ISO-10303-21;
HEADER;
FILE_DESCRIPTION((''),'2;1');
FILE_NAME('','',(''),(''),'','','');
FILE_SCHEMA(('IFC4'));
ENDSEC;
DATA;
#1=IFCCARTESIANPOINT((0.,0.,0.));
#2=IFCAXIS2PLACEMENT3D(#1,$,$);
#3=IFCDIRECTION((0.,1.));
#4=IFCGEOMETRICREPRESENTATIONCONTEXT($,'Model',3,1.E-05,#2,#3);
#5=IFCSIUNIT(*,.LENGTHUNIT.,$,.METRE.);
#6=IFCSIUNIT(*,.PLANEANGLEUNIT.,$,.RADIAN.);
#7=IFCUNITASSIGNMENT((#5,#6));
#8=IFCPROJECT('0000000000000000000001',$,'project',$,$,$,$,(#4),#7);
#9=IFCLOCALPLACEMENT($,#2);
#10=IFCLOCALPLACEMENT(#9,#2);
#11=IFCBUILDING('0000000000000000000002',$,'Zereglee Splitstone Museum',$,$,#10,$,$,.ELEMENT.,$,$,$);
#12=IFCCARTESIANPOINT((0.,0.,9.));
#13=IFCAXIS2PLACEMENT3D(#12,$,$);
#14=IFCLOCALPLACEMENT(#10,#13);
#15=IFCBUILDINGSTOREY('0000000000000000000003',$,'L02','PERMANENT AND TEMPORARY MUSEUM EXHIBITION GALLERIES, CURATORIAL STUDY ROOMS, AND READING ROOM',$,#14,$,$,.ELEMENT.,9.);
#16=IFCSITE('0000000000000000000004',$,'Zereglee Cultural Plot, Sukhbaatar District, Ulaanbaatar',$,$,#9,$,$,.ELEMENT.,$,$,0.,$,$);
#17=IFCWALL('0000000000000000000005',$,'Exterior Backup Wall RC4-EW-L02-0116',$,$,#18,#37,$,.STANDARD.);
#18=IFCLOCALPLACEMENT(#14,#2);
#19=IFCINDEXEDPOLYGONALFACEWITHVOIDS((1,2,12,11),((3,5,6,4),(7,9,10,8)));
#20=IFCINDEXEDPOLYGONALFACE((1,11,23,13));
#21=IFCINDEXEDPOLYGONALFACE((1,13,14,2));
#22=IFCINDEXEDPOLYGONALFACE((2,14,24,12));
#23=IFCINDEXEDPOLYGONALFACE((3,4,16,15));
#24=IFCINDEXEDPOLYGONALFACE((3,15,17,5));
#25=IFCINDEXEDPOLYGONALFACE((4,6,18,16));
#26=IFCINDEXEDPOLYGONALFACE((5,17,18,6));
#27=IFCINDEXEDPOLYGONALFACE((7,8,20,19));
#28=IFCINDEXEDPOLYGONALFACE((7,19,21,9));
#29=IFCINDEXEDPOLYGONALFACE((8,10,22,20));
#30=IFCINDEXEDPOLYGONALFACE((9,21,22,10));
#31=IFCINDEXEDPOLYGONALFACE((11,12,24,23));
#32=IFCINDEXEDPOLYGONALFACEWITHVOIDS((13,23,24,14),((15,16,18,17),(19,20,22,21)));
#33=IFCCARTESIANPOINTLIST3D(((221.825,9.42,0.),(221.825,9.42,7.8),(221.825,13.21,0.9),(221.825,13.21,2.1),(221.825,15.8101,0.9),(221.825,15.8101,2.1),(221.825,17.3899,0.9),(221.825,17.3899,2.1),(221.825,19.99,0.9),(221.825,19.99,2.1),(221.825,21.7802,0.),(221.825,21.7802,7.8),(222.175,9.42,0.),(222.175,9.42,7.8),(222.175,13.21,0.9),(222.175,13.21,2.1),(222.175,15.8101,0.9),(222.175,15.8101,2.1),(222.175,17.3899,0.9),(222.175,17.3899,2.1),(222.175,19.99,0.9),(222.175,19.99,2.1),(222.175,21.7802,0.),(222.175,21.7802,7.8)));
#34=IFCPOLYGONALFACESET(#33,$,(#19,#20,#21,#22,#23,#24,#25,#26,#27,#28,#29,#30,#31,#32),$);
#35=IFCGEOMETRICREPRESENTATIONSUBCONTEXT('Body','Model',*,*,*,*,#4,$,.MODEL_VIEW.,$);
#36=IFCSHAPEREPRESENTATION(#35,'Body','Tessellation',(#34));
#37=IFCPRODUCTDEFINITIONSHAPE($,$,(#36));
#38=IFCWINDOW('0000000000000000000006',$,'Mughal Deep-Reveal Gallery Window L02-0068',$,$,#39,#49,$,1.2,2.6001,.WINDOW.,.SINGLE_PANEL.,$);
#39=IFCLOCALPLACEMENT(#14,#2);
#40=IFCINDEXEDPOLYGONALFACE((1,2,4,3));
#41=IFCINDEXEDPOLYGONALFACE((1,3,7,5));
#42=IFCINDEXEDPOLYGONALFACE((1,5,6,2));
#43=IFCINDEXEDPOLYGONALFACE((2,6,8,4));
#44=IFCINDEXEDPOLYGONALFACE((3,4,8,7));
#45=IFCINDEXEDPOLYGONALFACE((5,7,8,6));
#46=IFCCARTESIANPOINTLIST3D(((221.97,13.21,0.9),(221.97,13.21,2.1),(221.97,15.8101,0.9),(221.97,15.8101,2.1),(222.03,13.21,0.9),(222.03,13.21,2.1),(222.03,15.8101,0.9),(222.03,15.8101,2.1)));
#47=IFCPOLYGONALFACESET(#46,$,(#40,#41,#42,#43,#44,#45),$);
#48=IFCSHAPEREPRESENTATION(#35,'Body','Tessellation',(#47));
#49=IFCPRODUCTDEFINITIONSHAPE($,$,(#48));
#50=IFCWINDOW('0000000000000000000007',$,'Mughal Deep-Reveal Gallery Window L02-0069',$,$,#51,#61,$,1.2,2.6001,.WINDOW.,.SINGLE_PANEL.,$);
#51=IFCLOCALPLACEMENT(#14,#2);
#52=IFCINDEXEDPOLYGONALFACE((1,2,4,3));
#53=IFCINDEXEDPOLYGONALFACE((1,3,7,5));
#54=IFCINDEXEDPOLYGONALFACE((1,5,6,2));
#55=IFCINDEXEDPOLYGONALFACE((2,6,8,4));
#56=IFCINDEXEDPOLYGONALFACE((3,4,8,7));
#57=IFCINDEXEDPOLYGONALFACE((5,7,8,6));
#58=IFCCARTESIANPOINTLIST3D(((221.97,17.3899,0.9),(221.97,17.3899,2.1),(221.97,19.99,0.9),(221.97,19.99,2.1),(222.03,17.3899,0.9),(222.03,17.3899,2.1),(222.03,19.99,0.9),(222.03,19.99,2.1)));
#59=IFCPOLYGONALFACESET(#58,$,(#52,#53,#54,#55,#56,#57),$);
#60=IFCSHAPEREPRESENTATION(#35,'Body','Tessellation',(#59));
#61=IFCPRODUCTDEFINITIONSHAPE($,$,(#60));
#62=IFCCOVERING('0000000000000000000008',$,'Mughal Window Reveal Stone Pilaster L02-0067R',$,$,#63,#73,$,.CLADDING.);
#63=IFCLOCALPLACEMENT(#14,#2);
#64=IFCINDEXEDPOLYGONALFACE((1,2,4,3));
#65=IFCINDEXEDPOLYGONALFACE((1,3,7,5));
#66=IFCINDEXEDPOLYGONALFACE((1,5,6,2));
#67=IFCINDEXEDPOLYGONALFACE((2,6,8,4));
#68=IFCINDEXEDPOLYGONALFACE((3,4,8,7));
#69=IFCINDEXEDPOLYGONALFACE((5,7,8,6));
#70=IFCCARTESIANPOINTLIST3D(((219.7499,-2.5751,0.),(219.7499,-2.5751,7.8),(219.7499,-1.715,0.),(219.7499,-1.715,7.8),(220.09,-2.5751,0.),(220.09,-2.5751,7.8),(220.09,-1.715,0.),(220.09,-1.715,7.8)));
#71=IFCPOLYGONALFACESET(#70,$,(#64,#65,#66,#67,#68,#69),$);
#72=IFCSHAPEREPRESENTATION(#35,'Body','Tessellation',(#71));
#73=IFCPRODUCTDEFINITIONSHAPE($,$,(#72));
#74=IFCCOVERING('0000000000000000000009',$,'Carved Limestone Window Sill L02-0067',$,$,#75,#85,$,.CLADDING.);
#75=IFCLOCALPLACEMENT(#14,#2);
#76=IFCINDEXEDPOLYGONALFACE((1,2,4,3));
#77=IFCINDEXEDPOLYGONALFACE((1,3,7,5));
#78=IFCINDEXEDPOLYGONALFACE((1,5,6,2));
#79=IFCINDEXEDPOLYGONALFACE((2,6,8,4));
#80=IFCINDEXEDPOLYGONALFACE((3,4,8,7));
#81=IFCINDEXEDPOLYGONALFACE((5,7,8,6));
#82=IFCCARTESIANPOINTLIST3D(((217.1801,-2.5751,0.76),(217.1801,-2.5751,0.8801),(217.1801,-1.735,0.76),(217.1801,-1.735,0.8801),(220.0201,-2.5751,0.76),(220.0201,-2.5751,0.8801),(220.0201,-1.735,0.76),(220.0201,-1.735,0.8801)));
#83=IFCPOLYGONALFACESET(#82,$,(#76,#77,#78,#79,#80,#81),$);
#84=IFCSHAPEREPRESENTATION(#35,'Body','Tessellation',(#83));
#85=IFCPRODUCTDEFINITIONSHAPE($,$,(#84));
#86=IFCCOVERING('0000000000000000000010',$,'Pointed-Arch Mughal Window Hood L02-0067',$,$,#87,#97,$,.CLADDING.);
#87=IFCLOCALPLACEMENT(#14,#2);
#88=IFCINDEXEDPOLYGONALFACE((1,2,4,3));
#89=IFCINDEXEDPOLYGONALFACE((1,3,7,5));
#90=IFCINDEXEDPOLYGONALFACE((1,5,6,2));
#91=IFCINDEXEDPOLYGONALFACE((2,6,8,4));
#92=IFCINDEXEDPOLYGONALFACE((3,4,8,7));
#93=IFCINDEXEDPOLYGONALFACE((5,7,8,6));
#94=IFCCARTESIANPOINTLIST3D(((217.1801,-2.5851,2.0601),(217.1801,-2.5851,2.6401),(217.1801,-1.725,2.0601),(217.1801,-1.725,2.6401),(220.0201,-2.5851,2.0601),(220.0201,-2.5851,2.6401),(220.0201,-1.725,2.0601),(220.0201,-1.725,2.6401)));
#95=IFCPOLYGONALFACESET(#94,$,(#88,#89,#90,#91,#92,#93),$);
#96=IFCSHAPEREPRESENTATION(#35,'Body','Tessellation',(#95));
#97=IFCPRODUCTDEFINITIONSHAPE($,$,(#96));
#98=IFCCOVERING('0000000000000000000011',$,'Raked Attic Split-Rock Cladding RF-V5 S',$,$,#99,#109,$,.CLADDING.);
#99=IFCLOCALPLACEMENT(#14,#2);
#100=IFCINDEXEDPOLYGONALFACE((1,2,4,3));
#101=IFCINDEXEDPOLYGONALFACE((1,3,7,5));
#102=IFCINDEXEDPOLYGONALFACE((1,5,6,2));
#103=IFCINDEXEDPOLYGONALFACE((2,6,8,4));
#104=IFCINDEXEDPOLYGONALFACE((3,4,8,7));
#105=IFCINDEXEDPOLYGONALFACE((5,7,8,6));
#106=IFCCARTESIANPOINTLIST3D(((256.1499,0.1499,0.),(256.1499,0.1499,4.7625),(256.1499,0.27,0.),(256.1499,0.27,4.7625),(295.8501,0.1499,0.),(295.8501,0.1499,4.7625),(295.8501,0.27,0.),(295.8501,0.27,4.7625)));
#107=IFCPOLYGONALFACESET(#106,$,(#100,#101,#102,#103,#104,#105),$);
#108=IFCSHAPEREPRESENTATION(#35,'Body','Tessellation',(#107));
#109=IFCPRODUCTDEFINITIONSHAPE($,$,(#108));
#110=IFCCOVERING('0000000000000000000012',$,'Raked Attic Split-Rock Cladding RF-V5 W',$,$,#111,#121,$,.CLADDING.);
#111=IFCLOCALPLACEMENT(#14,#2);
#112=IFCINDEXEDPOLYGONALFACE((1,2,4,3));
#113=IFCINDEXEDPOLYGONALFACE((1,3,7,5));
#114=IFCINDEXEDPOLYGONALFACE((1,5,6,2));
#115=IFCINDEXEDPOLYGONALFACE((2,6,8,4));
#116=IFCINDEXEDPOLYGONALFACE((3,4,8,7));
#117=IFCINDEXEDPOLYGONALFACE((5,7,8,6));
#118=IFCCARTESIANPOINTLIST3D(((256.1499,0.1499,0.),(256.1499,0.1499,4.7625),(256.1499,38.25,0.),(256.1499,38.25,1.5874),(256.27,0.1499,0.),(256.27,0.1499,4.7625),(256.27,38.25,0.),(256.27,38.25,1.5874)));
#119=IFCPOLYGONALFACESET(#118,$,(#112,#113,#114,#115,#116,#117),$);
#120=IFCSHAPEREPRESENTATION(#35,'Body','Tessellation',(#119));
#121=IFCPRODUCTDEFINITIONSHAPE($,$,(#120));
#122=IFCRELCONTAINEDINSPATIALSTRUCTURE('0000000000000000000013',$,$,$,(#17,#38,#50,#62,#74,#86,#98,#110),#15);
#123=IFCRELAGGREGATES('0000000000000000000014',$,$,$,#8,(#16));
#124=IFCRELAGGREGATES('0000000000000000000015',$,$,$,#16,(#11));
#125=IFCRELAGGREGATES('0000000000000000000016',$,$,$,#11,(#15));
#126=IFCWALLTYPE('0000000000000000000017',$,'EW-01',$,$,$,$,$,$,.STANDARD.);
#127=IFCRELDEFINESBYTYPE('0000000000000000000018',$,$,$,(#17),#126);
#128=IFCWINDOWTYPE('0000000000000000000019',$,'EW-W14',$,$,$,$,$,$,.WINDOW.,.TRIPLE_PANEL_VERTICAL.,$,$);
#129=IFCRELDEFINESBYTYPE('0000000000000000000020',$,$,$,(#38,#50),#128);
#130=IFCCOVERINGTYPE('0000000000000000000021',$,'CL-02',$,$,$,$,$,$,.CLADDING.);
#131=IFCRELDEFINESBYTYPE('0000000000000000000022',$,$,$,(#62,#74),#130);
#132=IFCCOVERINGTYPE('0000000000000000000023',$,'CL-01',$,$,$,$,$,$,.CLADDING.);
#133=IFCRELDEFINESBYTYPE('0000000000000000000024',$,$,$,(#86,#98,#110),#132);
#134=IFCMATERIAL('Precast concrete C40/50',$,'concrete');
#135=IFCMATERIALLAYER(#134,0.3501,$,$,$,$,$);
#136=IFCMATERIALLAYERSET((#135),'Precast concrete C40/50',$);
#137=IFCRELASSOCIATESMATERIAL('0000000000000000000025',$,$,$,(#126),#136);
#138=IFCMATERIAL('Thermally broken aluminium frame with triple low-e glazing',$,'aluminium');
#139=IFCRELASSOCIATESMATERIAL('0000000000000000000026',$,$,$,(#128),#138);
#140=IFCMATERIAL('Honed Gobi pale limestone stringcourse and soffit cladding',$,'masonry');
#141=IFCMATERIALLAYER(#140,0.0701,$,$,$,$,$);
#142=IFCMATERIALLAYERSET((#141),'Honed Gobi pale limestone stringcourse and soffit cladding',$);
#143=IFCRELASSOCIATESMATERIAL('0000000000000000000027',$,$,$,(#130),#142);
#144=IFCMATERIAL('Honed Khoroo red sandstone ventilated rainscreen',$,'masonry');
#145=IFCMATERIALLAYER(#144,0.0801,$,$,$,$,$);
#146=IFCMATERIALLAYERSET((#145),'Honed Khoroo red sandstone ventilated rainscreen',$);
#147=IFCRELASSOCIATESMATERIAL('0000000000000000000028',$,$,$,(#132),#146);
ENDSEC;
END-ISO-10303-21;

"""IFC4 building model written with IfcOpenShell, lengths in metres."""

from ifc_helpers import new_model, si_unit, direction, frame, frame_2d, origin, origin_2d, place, context, subcontext, project, spatial, polyline, rectangle, outline, extrude, material, layer, layer_set, type_object, element, fill, save


model = new_model("IFC4")

# Units and contexts
model_context = context("Model", 3, precision=1e-05, world=origin(), true_north=direction((0.0, 1.0)))
body_context = subcontext(model_context, "Body", "Model", "MODEL_VIEW")
ifc_project = project(units=[si_unit("LENGTHUNIT", "METRE"), si_unit("PLANEANGLEUNIT", "RADIAN")], contexts=[model_context])

# Site, building, storey
site_placement = place(None, origin())
site = spatial("IfcSite", under=ifc_project, at=site_placement, Name="Zereglee Cultural Plot, Sukhbaatar District, Ulaanbaatar", CompositionType="ELEMENT", RefElevation=0.0)
building_placement = place(site_placement, origin())
building = spatial("IfcBuilding", under=site, at=building_placement, Name="Zereglee Splitstone Museum", CompositionType="ELEMENT")
storey_placement = place(building_placement, frame((0.0, 0.0, 9.0)))
storey = spatial("IfcBuildingStorey", under=building, at=storey_placement, Name="L02", Description="PERMANENT AND TEMPORARY MUSEUM EXHIBITION GALLERIES, CURATORIAL STUDY ROOMS, AND READING ROOM", CompositionType="ELEMENT", Elevation=9.0)

# Shared definitions
ifc_material_1 = material(Name="Precast concrete C40/50", Category="concrete")
ifc_layer_1 = layer(ifc_material_1, 0.3501)
ifc_layer_set_1 = layer_set([ifc_layer_1], Name="Precast concrete C40/50")
wall_type = type_object("IfcWallType", Name="EW-01", PredefinedType="STANDARD", material=ifc_layer_set_1)

# Wall, openings, windows
wall_1_placement = place(storey_placement, frame((222.0, 9.4199, 0.0), z_axis=(0.0, 0.0, 1.0), x_axis=(0.0, 1.0, 0.0)))
wall_1 = element("IfcWall", 1, at=wall_1_placement, inside=storey, type_object=wall_type, Name="Exterior Backup Wall RC4-EW-L02-0116", PredefinedType="STANDARD", context=body_context, shape_type="SweptSolid", body=[
    extrude(rectangle(XDim=12.3601, YDim=0.3501, at=frame_2d((6.1802, 0.0))), origin(), (0.0, 0.0, 1.0), 7.8),
])
opening_1_placement = place(wall_1_placement, frame((3.79, 0.0, 0.8999)))
opening_1 = element("IfcOpeningElement", 2, at=opening_1_placement, cuts=wall_1, PredefinedType="OPENING", context=body_context, shape_type="SweptSolid", body=[
    extrude(rectangle(XDim=2.6001, YDim=1.2, at=frame_2d((1.3, 0.6001))), frame((0.0, 0.1899, 0.0), z_axis=(0.0, -1.0, 0.0), x_axis=(1.0, 0.0, 0.0)), (0.0, 0.0, 1.0), 0.3799),
])
opening_2_placement = place(wall_1_placement, frame((7.97, 0.0, 0.8999)))
opening_2 = element("IfcOpeningElement", 3, at=opening_2_placement, cuts=wall_1, PredefinedType="OPENING", context=body_context, shape_type="SweptSolid", body=[
    extrude(rectangle(XDim=2.6001, YDim=1.2, at=frame_2d((1.3, 0.6001))), frame((0.0, 0.1899, 0.0), z_axis=(0.0, -1.0, 0.0), x_axis=(1.0, 0.0, 0.0)), (0.0, 0.0, 1.0), 0.3799),
])
ifc_material_2 = material(Name="Thermally broken aluminium frame with triple low-e glazing", Category="aluminium")
window_type = type_object("IfcWindowType", Name="EW-W14", PartitioningType="TRIPLE_PANEL_VERTICAL", PredefinedType="WINDOW", material=ifc_material_2)
window_1_placement = place(opening_1_placement, origin())
window_1 = element("IfcWindow", 4, at=window_1_placement, inside=storey, type_object=window_type, Name="Mughal Deep-Reveal Gallery Window L02-0068", OverallHeight=1.2, OverallWidth=2.6001, PartitioningType="SINGLE_PANEL", PredefinedType="WINDOW", context=body_context, shape_type="SweptSolid", body=[
    extrude(rectangle(XDim=2.6001, YDim=1.2, at=frame_2d((1.3, 0.6001))), frame((0.0, 0.03, 0.0), z_axis=(0.0, -1.0, 0.0), x_axis=(1.0, 0.0, 0.0)), (0.0, 0.0, 1.0), 0.0601),
])
fill(opening_1, window_1)
window_2_placement = place(opening_2_placement, origin())
window_2 = element("IfcWindow", 5, at=window_2_placement, inside=storey, type_object=window_type, Name="Mughal Deep-Reveal Gallery Window L02-0069", OverallHeight=1.2, OverallWidth=2.6001, PartitioningType="SINGLE_PANEL", PredefinedType="WINDOW", context=body_context, shape_type="SweptSolid", body=[
    extrude(rectangle(XDim=2.6001, YDim=1.2, at=frame_2d((1.3, 0.6001))), frame((0.0, 0.03, 0.0), z_axis=(0.0, -1.0, 0.0), x_axis=(1.0, 0.0, 0.0)), (0.0, 0.0, 1.0), 0.0601),
])
fill(opening_2, window_2)

# Coverings
ifc_material_3 = material(Name="Honed Gobi pale limestone stringcourse and soffit cladding", Category="masonry")
ifc_layer_2 = layer(ifc_material_3, 0.0701)
ifc_layer_set_2 = layer_set([ifc_layer_2], Name="Honed Gobi pale limestone stringcourse and soffit cladding")
covering_type_1 = type_object("IfcCoveringType", Name="CL-02", PredefinedType="CLADDING", material=ifc_layer_set_2)
covering_1_placement = place(storey_placement, frame((219.9199, -2.145, 0.0), z_axis=(0.0, 0.0, 1.0), x_axis=(1.0, 0.0, 0.0)))
element("IfcCovering", 6, at=covering_1_placement, inside=storey, type_object=covering_type_1, Name="Mughal Window Reveal Stone Pilaster L02-0067R", PredefinedType="CLADDING", context=body_context, shape_type="SweptSolid", body=[
    extrude(rectangle(XDim=0.3401, YDim=0.8601, at=origin_2d()), origin(), (0.0, 0.0, 1.0), 7.8),
])
covering_2_placement = place(storey_placement, frame((218.6001, -2.155, 0.76), z_axis=(0.0, 0.0, 1.0), x_axis=(1.0, 0.0, 0.0)))
element("IfcCovering", 7, at=covering_2_placement, inside=storey, type_object=covering_type_1, Name="Carved Limestone Window Sill L02-0067", PredefinedType="CLADDING", context=body_context, shape_type="SweptSolid", body=[
    extrude(rectangle(XDim=2.8401, YDim=0.8401, at=origin_2d()), origin(), (0.0, 0.0, 1.0), 0.1201),
])
ifc_material_4 = material(Name="Honed Khoroo red sandstone ventilated rainscreen", Category="masonry")
ifc_layer_3 = layer(ifc_material_4, 0.0801)
ifc_layer_set_3 = layer_set([ifc_layer_3], Name="Honed Khoroo red sandstone ventilated rainscreen")
covering_type_2 = type_object("IfcCoveringType", Name="CL-01", PredefinedType="CLADDING", material=ifc_layer_set_3)
covering_3_placement = place(storey_placement, frame((218.6001, -2.155, 2.0601), z_axis=(0.0, 0.0, 1.0), x_axis=(1.0, 0.0, 0.0)))
element("IfcCovering", 8, at=covering_3_placement, inside=storey, type_object=covering_type_2, Name="Pointed-Arch Mughal Window Hood L02-0067", PredefinedType="CLADDING", context=body_context, shape_type="SweptSolid", body=[
    extrude(rectangle(XDim=2.8401, YDim=0.8601, at=origin_2d()), origin(), (0.0, 0.0, 1.0), 0.5801),
])
covering_4_placement = place(storey_placement, frame((256.1499, 0.1499, 0.0), z_axis=(0.0, -1.0, 0.0), x_axis=(1.0, 0.0, 0.0)))
element("IfcCovering", 9, at=covering_4_placement, inside=storey, type_object=covering_type_2, Name="Raked Attic Split-Rock Cladding RF-V5 S", PredefinedType="CLADDING", context=body_context, shape_type="SweptSolid", body=[
    extrude(outline(polyline([(0.0, 0.0), (39.7002, 0.0), (39.7002, 4.7625), (0.0, 4.7625), (0.0, 0.0)])), origin(), (0.0, 0.0, -1.0), 0.1201),
])
covering_5_placement = place(storey_placement, frame((256.1499, 0.1499, 4.7625), z_axis=(-1.0, 0.0, 0.0), x_axis=(0.0, 0.996546, -0.083047)))
element("IfcCovering", 10, at=covering_5_placement, inside=storey, type_object=covering_type_2, Name="Raked Attic Split-Rock Cladding RF-V5 W", PredefinedType="CLADDING", context=body_context, shape_type="SweptSolid", body=[
    extrude(outline(polyline([(0.0, 0.0), (38.2322, 0.0), (38.364, 1.5819), (0.3955, 4.746), (0.0, 0.0)])), origin(), (0.0, 0.0, -1.0), 0.1201),
])

save(model, "model.ifc")
